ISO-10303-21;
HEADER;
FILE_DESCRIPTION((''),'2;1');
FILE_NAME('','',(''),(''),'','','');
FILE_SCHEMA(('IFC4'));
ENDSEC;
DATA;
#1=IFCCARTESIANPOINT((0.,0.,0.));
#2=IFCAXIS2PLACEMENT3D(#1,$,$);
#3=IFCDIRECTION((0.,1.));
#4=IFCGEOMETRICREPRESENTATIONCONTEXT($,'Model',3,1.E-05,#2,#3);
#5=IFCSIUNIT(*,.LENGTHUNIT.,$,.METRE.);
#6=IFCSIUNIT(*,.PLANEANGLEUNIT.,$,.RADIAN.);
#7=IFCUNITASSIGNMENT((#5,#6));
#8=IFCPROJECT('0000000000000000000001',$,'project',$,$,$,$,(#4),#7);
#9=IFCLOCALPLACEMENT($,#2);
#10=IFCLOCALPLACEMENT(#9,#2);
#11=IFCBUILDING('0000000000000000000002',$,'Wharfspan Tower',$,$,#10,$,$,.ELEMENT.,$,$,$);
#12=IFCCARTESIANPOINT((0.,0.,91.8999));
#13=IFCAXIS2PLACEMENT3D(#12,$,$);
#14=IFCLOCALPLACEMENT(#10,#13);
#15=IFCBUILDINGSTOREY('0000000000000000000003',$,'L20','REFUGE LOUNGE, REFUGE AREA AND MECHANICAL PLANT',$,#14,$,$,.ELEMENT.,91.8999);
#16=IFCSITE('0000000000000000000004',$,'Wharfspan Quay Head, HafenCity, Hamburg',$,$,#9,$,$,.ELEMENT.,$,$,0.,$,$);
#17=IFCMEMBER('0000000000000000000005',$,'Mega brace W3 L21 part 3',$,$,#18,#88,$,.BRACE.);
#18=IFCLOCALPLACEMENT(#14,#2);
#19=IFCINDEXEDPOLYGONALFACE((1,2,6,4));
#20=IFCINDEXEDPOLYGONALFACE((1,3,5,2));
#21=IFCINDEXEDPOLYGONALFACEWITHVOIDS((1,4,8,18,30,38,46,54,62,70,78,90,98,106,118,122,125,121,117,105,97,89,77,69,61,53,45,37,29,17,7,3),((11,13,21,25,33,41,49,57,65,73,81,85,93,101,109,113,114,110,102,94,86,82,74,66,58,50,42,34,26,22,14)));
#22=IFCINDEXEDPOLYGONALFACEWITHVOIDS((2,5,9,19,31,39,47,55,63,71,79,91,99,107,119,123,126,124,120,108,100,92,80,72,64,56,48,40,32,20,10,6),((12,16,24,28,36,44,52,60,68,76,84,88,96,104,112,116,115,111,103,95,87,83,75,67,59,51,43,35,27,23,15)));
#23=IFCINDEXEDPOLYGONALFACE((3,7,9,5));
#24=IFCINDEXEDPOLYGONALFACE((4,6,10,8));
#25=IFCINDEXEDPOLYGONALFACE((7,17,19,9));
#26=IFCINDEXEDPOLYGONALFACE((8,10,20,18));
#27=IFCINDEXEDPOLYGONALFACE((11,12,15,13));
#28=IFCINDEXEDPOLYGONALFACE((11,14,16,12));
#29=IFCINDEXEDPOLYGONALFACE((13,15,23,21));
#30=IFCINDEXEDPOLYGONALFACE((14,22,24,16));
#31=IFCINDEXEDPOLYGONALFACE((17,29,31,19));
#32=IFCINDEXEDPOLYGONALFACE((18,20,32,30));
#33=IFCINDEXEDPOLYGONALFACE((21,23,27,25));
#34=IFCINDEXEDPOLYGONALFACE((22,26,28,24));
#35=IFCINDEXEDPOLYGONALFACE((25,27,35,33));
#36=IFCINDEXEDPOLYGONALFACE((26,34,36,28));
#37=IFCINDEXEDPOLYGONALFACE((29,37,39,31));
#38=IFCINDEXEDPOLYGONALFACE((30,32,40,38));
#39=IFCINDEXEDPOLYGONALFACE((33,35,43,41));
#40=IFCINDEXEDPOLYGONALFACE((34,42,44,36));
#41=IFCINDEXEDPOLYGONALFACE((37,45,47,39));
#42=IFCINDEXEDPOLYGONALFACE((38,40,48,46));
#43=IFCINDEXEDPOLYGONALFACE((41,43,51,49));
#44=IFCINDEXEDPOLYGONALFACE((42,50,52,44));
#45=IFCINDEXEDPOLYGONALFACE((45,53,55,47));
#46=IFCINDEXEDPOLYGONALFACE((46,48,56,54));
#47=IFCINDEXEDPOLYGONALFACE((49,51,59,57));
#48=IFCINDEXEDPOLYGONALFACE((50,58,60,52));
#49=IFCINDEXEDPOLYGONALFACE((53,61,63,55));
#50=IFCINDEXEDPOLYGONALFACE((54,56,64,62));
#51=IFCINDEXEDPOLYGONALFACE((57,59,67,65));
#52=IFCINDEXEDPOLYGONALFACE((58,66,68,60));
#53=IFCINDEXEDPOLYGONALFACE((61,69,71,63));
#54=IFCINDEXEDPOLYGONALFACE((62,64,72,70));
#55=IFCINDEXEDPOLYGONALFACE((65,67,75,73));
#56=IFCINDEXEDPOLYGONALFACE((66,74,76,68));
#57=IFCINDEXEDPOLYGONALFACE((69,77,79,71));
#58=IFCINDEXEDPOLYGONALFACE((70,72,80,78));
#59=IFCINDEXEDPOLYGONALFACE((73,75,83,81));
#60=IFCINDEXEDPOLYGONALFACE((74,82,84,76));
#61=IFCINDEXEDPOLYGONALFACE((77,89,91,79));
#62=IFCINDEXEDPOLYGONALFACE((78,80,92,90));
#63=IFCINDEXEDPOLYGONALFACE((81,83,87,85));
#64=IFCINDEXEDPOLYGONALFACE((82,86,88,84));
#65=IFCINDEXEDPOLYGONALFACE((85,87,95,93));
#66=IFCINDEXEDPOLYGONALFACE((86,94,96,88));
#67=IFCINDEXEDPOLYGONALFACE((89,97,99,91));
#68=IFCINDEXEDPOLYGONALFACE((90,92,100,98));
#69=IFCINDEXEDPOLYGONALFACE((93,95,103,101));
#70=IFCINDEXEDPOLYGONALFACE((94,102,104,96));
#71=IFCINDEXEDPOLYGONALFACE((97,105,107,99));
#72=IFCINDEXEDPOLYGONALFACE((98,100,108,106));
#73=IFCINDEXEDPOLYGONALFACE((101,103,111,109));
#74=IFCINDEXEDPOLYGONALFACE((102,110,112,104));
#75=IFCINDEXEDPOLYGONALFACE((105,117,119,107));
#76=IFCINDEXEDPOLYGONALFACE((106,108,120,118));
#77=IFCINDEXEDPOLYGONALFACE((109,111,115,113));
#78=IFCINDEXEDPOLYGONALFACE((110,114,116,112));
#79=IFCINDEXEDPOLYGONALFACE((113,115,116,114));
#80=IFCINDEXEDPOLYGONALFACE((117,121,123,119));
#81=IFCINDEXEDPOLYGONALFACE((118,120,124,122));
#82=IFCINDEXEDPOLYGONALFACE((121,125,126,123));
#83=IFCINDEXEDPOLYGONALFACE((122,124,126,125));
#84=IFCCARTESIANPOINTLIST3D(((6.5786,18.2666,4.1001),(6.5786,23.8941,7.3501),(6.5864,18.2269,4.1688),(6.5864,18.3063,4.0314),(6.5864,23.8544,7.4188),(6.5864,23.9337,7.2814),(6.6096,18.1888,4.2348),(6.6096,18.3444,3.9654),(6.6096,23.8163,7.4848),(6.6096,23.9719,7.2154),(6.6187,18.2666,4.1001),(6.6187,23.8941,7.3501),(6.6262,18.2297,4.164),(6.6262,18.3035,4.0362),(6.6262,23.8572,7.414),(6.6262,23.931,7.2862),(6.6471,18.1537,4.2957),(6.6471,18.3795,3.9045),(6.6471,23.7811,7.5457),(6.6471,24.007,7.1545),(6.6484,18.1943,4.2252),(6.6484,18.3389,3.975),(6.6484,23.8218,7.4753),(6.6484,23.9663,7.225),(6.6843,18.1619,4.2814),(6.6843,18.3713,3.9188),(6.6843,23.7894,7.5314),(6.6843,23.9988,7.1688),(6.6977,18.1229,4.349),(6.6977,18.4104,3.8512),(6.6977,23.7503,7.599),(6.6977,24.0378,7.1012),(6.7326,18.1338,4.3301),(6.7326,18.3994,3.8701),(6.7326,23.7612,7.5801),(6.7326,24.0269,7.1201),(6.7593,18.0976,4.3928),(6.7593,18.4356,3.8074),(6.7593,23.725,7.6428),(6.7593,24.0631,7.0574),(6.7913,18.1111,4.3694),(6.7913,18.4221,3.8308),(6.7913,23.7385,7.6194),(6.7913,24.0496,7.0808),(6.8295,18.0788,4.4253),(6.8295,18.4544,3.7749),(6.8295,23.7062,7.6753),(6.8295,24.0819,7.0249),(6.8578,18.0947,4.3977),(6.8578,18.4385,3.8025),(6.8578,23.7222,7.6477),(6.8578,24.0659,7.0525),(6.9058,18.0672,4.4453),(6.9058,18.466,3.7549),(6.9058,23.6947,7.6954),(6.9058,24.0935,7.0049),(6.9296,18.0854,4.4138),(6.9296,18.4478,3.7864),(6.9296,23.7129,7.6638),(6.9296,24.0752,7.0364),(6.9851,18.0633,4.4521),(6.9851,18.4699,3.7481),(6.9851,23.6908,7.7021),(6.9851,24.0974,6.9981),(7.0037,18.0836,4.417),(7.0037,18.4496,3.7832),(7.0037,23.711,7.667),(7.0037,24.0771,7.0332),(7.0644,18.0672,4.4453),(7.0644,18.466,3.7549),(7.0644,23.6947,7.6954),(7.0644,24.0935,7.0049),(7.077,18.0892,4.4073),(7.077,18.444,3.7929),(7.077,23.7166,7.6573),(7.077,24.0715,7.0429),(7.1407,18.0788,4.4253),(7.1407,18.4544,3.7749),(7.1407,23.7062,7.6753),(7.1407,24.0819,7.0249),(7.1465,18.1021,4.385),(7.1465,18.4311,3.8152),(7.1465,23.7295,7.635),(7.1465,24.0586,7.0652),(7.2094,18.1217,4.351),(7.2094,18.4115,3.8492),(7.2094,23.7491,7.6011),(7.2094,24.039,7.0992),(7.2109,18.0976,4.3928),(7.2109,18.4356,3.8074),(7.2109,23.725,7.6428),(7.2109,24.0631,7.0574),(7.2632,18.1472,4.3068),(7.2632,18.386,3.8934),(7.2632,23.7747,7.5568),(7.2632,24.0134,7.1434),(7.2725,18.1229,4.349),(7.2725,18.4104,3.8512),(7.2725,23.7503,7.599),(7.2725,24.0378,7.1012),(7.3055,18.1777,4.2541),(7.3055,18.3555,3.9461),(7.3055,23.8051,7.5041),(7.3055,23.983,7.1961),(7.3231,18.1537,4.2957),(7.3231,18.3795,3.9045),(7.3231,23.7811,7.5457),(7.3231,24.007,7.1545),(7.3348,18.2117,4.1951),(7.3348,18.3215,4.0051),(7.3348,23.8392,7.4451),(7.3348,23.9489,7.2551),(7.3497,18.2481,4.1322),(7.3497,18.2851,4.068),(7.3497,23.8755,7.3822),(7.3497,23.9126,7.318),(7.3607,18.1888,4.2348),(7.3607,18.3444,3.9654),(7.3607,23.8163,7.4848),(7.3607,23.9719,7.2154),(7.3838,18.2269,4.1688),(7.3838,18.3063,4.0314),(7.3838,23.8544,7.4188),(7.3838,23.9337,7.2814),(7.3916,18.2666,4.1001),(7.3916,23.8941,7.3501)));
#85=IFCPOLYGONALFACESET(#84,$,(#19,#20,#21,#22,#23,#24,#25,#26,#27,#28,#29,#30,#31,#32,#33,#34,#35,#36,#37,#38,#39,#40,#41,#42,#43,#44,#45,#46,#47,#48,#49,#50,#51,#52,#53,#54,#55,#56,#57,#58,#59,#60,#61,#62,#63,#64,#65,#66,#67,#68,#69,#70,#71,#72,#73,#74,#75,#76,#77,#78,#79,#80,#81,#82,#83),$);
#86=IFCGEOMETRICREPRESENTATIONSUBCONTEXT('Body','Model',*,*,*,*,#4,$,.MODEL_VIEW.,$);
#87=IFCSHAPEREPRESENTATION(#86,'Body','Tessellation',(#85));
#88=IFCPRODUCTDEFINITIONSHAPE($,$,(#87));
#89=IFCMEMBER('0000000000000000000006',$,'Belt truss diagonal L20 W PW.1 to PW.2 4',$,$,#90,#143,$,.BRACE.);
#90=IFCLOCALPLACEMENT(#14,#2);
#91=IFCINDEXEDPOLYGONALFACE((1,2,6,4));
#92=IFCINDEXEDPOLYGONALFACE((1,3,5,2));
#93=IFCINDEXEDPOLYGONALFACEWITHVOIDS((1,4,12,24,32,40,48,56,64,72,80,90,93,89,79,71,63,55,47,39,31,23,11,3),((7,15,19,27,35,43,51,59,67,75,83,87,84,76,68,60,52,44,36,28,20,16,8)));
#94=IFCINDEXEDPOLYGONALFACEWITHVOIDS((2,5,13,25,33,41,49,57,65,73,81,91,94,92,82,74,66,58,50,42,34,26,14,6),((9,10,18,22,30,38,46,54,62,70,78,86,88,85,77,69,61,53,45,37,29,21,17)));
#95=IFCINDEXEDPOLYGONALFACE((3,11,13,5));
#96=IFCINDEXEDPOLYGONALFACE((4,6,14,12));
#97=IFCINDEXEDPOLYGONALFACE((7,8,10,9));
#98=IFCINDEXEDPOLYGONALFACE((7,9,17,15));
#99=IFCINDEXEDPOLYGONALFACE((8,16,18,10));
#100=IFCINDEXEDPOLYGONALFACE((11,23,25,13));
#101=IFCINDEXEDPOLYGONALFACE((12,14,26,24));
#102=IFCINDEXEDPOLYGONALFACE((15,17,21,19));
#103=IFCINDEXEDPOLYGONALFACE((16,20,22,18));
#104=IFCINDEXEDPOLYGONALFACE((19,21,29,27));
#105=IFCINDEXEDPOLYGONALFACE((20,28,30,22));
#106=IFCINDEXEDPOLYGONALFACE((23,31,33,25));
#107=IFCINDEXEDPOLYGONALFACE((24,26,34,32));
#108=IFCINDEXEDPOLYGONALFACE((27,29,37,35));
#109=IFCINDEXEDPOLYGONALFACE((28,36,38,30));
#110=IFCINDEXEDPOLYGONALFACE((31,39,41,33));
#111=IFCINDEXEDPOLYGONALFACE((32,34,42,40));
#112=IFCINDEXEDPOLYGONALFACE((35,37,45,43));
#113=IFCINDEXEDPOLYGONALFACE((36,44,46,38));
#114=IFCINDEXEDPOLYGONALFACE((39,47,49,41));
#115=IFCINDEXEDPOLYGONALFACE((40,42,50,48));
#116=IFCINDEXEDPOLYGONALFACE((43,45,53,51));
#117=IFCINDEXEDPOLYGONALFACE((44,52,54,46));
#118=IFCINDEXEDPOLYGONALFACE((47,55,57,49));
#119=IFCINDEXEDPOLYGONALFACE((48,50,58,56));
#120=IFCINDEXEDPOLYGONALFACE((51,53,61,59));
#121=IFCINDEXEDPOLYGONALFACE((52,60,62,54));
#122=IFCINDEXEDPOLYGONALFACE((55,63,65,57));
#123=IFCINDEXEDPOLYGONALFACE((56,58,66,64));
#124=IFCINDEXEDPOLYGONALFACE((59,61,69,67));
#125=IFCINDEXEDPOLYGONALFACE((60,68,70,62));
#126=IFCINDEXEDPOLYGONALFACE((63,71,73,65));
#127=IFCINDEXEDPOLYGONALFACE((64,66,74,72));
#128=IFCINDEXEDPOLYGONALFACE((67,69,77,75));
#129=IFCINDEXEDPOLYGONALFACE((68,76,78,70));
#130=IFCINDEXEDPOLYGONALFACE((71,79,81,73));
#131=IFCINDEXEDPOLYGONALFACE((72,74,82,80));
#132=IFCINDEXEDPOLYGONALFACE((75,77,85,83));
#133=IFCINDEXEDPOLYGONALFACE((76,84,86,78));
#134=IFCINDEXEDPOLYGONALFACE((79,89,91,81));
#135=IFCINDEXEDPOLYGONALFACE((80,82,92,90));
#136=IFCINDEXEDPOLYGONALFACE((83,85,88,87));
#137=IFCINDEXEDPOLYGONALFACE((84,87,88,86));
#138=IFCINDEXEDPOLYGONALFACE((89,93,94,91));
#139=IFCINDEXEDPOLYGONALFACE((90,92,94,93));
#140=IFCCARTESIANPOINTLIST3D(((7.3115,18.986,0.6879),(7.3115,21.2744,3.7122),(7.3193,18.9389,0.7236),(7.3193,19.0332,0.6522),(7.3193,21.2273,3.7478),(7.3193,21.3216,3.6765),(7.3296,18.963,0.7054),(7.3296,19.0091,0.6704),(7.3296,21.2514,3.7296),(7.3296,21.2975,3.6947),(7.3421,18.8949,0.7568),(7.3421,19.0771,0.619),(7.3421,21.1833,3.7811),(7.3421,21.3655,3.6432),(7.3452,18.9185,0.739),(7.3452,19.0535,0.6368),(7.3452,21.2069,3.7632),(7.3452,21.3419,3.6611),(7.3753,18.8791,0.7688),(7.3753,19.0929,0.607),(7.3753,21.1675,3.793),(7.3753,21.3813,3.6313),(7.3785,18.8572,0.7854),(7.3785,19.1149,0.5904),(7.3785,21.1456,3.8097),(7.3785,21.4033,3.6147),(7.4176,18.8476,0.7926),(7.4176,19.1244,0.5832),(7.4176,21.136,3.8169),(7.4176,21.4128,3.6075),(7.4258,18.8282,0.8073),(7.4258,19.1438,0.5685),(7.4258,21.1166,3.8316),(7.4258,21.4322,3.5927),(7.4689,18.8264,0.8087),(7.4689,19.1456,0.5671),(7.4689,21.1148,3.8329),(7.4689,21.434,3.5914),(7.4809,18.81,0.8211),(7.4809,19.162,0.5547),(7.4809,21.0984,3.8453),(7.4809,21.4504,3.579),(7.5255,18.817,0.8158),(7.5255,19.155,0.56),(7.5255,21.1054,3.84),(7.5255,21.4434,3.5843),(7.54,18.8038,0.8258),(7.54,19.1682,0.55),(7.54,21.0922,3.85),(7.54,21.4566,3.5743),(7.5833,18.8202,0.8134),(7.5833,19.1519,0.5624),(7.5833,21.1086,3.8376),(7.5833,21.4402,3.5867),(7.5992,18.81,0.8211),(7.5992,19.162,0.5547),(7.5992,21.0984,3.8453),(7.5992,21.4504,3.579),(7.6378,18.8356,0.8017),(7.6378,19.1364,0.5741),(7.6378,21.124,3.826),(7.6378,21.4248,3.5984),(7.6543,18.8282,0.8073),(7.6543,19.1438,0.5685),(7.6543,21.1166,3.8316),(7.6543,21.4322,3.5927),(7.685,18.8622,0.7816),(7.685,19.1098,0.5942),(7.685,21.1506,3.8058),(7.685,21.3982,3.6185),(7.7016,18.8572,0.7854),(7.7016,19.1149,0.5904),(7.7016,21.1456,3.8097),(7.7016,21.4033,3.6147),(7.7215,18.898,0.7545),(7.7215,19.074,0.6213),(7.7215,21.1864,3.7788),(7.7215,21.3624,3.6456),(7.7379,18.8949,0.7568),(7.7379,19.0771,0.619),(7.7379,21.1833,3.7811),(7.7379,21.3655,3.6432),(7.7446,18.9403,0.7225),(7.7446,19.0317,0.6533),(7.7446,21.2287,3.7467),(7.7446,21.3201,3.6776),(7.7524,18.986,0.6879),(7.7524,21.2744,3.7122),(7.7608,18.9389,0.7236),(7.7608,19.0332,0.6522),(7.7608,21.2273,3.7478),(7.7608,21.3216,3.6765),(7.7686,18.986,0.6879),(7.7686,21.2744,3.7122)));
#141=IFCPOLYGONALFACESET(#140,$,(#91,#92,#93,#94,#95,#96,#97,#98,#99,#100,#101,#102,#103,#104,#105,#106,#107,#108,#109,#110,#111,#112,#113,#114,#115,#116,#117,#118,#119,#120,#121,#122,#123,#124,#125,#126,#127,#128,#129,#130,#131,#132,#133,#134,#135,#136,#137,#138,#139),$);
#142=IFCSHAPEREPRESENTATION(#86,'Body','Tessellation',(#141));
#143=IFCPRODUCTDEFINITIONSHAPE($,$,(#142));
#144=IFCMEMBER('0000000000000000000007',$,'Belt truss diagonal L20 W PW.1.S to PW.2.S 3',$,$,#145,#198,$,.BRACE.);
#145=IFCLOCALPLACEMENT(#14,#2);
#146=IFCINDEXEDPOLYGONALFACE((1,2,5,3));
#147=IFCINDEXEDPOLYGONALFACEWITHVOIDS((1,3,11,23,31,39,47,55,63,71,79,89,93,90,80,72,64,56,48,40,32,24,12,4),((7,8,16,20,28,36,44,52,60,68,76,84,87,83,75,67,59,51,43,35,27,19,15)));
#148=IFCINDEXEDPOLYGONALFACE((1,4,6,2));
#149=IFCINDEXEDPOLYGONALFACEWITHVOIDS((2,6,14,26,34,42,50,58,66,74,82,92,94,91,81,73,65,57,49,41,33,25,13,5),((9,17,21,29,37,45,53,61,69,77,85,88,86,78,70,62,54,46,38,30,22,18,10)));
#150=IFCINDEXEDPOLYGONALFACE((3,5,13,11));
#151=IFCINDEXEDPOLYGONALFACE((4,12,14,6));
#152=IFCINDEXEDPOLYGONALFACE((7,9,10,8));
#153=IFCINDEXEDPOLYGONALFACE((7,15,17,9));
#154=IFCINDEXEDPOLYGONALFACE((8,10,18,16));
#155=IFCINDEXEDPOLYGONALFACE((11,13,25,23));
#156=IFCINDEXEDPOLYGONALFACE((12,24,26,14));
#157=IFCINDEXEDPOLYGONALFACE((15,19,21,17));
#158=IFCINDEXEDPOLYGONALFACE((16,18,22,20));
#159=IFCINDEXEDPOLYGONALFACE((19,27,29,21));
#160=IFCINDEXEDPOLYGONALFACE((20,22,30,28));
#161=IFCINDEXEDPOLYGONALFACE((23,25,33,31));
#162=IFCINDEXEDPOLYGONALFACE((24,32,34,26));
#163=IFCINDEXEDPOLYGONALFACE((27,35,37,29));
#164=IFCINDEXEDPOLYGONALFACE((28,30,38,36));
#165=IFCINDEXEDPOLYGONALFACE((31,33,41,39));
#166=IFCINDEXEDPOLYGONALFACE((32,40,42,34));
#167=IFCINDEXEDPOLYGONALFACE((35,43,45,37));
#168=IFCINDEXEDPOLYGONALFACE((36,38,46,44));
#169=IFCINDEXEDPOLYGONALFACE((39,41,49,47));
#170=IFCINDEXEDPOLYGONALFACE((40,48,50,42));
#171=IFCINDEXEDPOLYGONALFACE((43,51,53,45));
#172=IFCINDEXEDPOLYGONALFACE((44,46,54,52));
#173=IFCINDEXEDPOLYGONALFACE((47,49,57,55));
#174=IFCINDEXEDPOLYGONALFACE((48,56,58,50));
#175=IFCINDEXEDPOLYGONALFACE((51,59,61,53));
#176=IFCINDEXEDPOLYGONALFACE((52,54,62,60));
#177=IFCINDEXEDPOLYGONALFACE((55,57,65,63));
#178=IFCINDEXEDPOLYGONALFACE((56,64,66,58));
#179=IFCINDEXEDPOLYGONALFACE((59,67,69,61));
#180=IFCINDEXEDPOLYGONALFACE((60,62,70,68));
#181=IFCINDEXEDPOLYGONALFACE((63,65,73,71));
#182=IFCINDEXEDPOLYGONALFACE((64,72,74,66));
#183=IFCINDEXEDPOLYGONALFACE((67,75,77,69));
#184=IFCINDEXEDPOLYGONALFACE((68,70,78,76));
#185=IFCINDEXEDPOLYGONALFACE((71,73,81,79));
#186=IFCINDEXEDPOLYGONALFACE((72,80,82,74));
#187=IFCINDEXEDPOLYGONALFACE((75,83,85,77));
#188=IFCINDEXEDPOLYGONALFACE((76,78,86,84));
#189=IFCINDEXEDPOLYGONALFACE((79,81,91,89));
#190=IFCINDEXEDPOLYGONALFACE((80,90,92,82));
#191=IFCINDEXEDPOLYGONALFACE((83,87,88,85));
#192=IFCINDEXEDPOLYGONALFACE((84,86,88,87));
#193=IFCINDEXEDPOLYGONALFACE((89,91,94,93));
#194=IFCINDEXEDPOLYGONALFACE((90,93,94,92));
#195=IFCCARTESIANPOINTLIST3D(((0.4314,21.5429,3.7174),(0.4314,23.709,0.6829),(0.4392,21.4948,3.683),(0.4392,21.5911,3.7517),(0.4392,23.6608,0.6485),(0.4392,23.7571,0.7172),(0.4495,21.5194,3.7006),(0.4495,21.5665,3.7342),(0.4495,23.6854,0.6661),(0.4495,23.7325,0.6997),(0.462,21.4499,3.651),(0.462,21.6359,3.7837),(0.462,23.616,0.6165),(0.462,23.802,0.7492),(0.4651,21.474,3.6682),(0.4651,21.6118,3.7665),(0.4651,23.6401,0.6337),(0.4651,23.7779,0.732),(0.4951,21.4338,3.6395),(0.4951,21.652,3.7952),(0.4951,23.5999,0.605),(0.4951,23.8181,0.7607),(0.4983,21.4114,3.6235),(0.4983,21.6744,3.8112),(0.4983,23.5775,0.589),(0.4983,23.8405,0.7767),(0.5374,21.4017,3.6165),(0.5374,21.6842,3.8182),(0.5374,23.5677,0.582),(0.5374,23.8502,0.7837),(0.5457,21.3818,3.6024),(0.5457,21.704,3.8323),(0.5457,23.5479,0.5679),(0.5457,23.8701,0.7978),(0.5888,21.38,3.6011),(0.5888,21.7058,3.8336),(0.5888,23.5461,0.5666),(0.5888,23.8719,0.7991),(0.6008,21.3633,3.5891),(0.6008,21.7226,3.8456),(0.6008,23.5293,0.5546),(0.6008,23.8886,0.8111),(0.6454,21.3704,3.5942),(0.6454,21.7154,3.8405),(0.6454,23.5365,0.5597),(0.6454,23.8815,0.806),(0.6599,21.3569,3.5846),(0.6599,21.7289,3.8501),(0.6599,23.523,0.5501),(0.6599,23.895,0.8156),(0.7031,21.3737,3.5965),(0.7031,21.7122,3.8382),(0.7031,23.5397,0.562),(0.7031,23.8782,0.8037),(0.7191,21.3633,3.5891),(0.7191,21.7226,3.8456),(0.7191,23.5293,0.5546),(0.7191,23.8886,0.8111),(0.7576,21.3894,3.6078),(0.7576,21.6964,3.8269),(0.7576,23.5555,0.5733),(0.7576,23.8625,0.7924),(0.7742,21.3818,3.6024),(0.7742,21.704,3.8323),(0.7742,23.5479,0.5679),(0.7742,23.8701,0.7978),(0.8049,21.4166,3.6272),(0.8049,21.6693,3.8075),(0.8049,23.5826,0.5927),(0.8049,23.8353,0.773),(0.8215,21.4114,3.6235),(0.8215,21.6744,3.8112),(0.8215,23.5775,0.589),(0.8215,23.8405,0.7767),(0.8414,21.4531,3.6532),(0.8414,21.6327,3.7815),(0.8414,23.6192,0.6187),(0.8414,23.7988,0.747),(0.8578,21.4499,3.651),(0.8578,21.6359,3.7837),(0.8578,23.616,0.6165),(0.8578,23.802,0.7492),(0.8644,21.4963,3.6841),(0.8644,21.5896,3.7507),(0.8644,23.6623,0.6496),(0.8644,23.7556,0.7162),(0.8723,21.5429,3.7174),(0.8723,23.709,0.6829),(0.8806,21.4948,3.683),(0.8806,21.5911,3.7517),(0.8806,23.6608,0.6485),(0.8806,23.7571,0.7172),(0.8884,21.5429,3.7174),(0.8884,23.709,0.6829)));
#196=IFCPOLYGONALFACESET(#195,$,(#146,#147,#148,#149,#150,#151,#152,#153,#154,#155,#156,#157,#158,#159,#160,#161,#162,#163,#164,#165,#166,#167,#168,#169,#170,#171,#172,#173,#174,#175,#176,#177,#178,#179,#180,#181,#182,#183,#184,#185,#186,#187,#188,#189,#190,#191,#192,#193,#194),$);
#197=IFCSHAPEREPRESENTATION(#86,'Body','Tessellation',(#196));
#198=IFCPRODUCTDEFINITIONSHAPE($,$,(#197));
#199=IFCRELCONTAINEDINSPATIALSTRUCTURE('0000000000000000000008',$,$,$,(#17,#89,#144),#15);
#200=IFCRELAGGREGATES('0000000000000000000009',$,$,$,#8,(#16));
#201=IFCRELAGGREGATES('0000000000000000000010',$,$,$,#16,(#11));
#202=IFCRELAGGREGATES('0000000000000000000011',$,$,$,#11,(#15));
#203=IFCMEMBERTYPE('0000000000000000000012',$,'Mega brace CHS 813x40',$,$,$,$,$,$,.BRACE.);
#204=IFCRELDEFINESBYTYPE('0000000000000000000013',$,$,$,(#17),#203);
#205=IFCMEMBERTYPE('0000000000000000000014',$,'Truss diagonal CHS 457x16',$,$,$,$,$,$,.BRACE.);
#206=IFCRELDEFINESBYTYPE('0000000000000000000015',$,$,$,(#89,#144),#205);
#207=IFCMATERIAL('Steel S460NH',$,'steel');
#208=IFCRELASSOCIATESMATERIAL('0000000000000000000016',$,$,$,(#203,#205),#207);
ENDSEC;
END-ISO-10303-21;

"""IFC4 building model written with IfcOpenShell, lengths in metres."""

from ifc_helpers import new_model, si_unit, direction, frame, origin, origin_2d, place, context, subcontext, project, spatial, hollow_circle, extrude, material, material_profile, profile_set, type_object, element, save


model = new_model("IFC4")

# Units and contexts
model_context = context("Model", 3, precision=1e-05, world=origin(), true_north=direction((0.0, 1.0)))
body_context = subcontext(model_context, "Body", "Model", "MODEL_VIEW")
ifc_project = project(units=[si_unit("LENGTHUNIT", "METRE"), si_unit("PLANEANGLEUNIT", "RADIAN")], contexts=[model_context])

# Site, building, storey
site_placement = place(None, origin())
site = spatial("IfcSite", under=ifc_project, at=site_placement, Name="Wharfspan Quay Head, HafenCity, Hamburg", CompositionType="ELEMENT", RefElevation=0.0)
building_placement = place(site_placement, origin())
building = spatial("IfcBuilding", under=site, at=building_placement, Name="Wharfspan Tower", CompositionType="ELEMENT")
storey_placement = place(building_placement, frame((0.0, 0.0, 91.8999)))
storey = spatial("IfcBuildingStorey", under=building, at=storey_placement, Name="L20", Description="REFUGE LOUNGE, REFUGE AREA AND MECHANICAL PLANT", CompositionType="ELEMENT", Elevation=91.8999)

# Members
ifc_material_1 = material(Name="Steel S460NH", Category="steel")
ifc_material_profile_1 = material_profile(ifc_material_1, hollow_circle(Radius=0.4065, WallThickness=0.04, at=origin_2d()))
ifc_profile_set_1 = profile_set([ifc_material_profile_1], Name="Steel S460NH")
member_type_1 = type_object("IfcMemberType", Name="Mega brace CHS 813x40", PredefinedType="BRACE", material=ifc_profile_set_1)
member_1_placement = place(storey_placement, frame((6.9851, 18.2666, 4.1001), z_axis=(0.0, 0.865959, 0.500115), x_axis=(-1.0, 0.0, 0.0)))
element("IfcMember", 1, at=member_1_placement, inside=storey, type_object=member_type_1, Name="Mega brace W3 L21 part 3", PredefinedType="BRACE", context=body_context, shape_type="SweptSolid", body=[
    extrude(hollow_circle(Radius=0.4065, WallThickness=0.04, at=origin_2d()), origin(), (0.0, 0.0, 1.0), 6.4985),
])
ifc_material_profile_2 = material_profile(ifc_material_1, hollow_circle(Radius=0.2285, WallThickness=0.0161, at=origin_2d()))
ifc_profile_set_2 = profile_set([ifc_material_profile_2], Name="Steel S460NH")
member_type_2 = type_object("IfcMemberType", Name="Truss diagonal CHS 457x16", PredefinedType="BRACE", material=ifc_profile_set_2)
member_2_placement = place(storey_placement, frame((7.54, 21.2744, 3.7122), z_axis=(0.0, -0.603404, -0.797436), x_axis=(1.0, 0.0, 0.0)))
element("IfcMember", 2, at=member_2_placement, inside=storey, type_object=member_type_2, Name="Belt truss diagonal L20 W PW.1 to PW.2 4", PredefinedType="BRACE", context=body_context, shape_type="SweptSolid", body=[
    extrude(hollow_circle(Radius=0.2285, WallThickness=0.0161, at=origin_2d()), origin(), (0.0, 0.0, 1.0), 3.7925),
])
for number, where, z_axis, x_axis, name in (
    (3, (0.6599, 23.709, 0.6829), (0.0, -0.580984, 0.813915), (1.0, 0.0, 0.0), "Belt truss diagonal L20 W PW.1.S to PW.2.S 3"),
):
    element("IfcMember", number, at=place(storey_placement, frame(where, z_axis=z_axis, x_axis=x_axis)), inside=storey, type_object=member_type_2, Name=name, PredefinedType="BRACE", context=body_context, shape_type="SweptSolid", body=[
        extrude(hollow_circle(Radius=0.2285, WallThickness=0.0161, at=origin_2d()), origin(), (0.0, 0.0, 1.0), 3.7283),
    ])

save(model, "model.ifc")
